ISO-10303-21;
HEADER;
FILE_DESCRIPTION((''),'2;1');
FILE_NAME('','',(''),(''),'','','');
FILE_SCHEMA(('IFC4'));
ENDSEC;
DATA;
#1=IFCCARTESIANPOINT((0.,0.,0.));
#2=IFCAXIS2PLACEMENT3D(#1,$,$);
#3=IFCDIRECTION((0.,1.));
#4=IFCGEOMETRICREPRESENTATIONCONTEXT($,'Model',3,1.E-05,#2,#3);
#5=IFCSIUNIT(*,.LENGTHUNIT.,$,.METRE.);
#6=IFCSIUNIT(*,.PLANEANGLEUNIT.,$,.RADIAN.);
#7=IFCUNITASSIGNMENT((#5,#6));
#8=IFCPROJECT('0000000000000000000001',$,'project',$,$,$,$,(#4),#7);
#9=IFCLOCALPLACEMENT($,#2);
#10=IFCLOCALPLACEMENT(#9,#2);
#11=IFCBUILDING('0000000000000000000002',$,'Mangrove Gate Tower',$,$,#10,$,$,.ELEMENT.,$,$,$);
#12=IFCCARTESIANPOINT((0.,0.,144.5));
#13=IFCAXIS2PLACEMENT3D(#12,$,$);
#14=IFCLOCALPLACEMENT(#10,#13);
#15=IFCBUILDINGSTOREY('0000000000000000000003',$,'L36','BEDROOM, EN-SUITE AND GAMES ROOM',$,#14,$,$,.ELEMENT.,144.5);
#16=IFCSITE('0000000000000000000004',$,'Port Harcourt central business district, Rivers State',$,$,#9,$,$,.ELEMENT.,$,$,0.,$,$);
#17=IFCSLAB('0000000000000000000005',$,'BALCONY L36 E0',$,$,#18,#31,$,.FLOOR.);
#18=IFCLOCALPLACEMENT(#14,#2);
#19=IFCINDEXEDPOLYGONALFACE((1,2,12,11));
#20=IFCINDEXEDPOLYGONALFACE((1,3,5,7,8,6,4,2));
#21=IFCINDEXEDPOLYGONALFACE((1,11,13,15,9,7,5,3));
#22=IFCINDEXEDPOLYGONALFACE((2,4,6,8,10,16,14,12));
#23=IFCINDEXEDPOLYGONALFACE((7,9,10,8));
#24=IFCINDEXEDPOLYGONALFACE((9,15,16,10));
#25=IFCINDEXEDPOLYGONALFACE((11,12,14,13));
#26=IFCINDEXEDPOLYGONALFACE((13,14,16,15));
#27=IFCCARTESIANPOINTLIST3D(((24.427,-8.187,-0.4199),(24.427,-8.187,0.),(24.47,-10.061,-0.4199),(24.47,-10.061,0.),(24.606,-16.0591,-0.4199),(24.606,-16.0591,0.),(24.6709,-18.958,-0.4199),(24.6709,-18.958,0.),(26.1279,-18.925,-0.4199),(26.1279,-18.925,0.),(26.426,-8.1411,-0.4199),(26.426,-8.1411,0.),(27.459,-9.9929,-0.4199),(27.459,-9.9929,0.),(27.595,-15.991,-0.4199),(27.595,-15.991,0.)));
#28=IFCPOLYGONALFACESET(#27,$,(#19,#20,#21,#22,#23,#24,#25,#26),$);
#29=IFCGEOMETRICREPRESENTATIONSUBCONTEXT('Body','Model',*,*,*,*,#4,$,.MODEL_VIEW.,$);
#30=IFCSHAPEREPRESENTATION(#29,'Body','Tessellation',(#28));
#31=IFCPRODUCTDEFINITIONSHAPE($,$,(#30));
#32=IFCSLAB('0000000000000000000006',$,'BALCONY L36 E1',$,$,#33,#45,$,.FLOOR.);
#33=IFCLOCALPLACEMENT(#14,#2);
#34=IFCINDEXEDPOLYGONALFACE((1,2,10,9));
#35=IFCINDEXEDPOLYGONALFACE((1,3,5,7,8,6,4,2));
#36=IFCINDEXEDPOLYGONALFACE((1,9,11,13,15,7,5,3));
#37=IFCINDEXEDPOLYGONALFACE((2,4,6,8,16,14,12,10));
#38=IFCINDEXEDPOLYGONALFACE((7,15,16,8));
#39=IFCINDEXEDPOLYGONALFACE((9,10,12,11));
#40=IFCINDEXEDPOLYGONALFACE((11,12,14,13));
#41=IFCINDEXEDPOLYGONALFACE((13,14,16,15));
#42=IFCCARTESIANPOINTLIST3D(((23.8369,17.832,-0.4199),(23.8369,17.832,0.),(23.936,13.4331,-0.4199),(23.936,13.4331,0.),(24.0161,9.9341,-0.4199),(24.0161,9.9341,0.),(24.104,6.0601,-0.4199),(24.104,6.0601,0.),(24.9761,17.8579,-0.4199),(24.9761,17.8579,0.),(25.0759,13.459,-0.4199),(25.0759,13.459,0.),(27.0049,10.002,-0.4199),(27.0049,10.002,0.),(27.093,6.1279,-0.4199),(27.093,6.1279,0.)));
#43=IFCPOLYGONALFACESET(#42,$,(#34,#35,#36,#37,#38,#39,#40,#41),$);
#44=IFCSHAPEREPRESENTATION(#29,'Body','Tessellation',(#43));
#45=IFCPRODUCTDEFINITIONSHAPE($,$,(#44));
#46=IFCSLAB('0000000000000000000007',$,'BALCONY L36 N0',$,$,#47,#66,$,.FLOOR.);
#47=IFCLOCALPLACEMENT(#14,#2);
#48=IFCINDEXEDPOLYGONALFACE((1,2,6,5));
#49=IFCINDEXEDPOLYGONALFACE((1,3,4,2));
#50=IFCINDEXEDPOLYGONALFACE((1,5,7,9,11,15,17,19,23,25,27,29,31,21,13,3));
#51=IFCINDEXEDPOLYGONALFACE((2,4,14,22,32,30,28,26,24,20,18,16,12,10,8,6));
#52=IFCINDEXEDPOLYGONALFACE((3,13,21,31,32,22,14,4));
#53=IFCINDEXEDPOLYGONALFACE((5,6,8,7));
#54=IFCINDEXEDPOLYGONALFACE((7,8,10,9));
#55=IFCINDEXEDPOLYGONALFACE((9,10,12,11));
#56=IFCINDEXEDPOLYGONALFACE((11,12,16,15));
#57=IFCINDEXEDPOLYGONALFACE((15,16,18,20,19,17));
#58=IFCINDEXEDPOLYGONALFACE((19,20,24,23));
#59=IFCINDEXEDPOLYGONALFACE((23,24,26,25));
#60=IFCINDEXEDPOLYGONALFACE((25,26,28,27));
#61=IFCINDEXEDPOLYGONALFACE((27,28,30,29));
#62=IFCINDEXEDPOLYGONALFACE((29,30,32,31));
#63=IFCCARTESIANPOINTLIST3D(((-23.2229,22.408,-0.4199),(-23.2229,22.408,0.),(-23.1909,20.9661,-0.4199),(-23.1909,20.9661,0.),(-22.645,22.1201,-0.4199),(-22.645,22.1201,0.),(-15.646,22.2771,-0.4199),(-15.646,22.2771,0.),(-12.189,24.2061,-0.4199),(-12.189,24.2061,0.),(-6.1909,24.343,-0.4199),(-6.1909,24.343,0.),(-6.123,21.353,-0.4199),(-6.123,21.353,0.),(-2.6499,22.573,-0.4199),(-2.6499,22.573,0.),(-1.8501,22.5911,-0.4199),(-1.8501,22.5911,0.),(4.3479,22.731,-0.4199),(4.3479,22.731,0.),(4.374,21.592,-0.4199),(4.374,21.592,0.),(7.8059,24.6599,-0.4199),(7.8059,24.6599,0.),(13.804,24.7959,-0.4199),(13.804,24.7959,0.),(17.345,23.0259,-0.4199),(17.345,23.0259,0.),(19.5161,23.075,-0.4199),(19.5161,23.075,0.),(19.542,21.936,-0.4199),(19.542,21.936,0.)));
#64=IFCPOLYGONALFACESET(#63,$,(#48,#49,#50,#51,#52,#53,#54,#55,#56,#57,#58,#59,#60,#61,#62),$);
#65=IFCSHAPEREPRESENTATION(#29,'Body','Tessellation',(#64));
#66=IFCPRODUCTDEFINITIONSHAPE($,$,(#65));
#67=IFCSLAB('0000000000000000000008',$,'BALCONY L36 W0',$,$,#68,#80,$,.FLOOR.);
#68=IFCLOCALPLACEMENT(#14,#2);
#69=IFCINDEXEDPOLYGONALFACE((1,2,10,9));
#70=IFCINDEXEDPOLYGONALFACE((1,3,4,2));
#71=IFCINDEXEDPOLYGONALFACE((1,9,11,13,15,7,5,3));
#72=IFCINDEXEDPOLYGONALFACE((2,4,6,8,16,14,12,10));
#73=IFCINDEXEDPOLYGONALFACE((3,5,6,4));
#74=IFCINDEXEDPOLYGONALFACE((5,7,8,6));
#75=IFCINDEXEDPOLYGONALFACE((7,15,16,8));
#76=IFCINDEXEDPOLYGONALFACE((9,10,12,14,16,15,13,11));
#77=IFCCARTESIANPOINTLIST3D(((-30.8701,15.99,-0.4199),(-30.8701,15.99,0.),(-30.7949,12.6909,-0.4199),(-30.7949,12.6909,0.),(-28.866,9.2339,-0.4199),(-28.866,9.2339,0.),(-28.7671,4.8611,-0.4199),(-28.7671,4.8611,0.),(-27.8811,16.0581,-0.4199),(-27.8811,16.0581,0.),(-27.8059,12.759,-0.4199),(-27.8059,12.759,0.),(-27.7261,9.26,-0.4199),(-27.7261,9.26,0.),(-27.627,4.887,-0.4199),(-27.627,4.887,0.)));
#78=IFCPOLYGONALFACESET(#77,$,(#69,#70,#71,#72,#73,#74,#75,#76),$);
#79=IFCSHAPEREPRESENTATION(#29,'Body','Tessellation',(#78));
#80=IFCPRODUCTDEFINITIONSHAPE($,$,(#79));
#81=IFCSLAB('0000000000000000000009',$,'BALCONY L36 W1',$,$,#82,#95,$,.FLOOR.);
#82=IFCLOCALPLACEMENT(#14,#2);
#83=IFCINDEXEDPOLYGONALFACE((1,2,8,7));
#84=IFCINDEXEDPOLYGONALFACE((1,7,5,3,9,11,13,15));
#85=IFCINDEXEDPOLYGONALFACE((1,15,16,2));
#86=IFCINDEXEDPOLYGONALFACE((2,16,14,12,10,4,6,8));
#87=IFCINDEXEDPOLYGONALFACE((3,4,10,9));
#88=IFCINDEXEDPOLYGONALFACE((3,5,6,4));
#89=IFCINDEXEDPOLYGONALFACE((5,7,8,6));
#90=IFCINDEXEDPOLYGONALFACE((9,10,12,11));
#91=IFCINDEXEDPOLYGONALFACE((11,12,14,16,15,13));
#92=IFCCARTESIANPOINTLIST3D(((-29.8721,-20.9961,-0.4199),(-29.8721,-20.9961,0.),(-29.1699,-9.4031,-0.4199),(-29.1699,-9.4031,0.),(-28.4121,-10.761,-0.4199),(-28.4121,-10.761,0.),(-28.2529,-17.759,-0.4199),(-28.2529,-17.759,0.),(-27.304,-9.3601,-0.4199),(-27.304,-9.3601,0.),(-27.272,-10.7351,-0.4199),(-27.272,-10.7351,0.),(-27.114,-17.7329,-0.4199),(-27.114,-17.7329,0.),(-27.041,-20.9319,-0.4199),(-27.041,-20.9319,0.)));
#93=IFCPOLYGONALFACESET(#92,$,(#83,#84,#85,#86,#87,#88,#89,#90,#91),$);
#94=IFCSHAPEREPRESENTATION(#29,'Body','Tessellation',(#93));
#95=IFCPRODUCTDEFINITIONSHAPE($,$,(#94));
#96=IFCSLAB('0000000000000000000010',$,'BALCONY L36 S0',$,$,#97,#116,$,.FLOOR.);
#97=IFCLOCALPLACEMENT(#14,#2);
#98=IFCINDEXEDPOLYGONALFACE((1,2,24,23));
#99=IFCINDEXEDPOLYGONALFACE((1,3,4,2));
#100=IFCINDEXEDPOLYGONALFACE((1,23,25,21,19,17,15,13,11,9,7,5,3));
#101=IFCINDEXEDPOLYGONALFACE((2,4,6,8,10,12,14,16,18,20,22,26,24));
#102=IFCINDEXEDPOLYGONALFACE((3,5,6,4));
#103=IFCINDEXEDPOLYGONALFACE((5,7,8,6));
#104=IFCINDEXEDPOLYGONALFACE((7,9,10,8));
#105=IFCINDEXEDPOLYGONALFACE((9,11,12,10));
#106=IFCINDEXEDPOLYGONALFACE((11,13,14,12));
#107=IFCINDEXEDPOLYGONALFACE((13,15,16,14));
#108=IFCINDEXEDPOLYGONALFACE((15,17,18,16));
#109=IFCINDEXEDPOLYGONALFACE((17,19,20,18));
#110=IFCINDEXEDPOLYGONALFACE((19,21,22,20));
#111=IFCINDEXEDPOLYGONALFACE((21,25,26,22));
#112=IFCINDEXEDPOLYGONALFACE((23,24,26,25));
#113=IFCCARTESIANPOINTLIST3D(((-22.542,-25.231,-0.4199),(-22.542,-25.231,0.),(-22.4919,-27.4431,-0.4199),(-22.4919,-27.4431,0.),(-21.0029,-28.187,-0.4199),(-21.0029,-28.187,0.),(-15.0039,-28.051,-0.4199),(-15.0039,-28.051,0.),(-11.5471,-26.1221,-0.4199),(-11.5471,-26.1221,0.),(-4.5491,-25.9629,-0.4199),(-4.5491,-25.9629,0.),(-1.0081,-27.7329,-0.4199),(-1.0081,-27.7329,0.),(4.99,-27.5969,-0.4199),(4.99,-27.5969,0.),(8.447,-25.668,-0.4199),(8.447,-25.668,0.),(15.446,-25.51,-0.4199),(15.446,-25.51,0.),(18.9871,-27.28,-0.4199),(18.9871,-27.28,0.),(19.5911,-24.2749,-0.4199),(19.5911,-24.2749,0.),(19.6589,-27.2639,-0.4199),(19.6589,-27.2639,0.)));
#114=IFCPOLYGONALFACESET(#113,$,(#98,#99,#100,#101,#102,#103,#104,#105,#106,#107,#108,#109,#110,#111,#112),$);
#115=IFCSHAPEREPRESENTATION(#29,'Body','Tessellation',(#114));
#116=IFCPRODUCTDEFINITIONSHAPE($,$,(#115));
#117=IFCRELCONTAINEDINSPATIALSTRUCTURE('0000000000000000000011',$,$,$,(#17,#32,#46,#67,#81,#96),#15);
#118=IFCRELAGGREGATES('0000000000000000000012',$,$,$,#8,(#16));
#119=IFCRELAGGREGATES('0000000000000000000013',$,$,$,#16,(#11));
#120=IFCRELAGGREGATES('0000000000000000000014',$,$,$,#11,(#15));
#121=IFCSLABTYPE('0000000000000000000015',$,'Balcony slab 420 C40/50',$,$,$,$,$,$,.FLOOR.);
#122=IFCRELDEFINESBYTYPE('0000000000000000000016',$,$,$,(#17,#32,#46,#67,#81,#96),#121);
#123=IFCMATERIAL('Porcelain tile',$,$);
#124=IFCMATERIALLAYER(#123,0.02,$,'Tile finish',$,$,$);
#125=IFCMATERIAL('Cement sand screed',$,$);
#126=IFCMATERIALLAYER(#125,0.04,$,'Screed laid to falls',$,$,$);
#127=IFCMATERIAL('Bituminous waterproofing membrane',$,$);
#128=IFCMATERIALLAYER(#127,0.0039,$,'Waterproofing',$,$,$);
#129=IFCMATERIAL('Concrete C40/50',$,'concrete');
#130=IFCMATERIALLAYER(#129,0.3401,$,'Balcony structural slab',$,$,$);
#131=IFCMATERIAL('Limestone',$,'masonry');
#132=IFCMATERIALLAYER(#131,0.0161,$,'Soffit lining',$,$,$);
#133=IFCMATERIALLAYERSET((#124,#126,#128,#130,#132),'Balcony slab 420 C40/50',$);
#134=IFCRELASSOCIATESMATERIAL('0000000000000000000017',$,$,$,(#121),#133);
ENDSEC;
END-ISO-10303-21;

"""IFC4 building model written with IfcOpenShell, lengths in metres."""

from ifc_helpers import new_model, si_unit, direction, frame, origin, place, context, subcontext, project, spatial, polyline, outline, extrude, material, layer, layer_set, type_object, element, save


model = new_model("IFC4")

# Units and contexts
model_context = context("Model", 3, precision=1e-05, world=origin(), true_north=direction((0.0, 1.0)))
body_context = subcontext(model_context, "Body", "Model", "MODEL_VIEW")
ifc_project = project(units=[si_unit("LENGTHUNIT", "METRE"), si_unit("PLANEANGLEUNIT", "RADIAN")], contexts=[model_context])

# Site, building, storey
site_placement = place(None, origin())
site = spatial("IfcSite", under=ifc_project, at=site_placement, Name="Port Harcourt central business district, Rivers State", CompositionType="ELEMENT", RefElevation=0.0)
building_placement = place(site_placement, origin())
building = spatial("IfcBuilding", under=site, at=building_placement, Name="Mangrove Gate Tower", CompositionType="ELEMENT")
storey_placement = place(building_placement, frame((0.0, 0.0, 144.5)))
storey = spatial("IfcBuildingStorey", under=building, at=storey_placement, Name="L36", Description="BEDROOM, EN-SUITE AND GAMES ROOM", CompositionType="ELEMENT", Elevation=144.5)

# Slabs
ifc_material_1 = material(Name="Porcelain tile")
ifc_layer_1 = layer(ifc_material_1, 0.02, Name="Tile finish")
ifc_material_2 = material(Name="Cement sand screed")
ifc_layer_2 = layer(ifc_material_2, 0.04, Name="Screed laid to falls")
ifc_material_3 = material(Name="Bituminous waterproofing membrane")
ifc_layer_3 = layer(ifc_material_3, 0.0039, Name="Waterproofing")
ifc_material_4 = material(Name="Concrete C40/50", Category="concrete")
ifc_layer_4 = layer(ifc_material_4, 0.3401, Name="Balcony structural slab")
ifc_material_5 = material(Name="Limestone", Category="masonry")
ifc_layer_5 = layer(ifc_material_5, 0.0161, Name="Soffit lining")
ifc_layer_set_1 = layer_set([ifc_layer_1, ifc_layer_2, ifc_layer_3, ifc_layer_4, ifc_layer_5], Name="Balcony slab 420 C40/50")
slab_type_1 = type_object("IfcSlabType", Name="Balcony slab 420 C40/50", PredefinedType="FLOOR", material=ifc_layer_set_1)
slab_1_placement = place(storey_placement, frame((0.0, 0.0, -0.4199)))
element("IfcSlab", 1, at=slab_1_placement, inside=storey, type_object=slab_type_1, Name="BALCONY L36 E0", PredefinedType="FLOOR", context=body_context, shape_type="SweptSolid", body=[
    extrude(outline(polyline([(26.1279, -18.925), (27.595, -15.991), (27.459, -9.9929), (26.426, -8.1411), (24.427, -8.187), (24.47, -10.061), (24.606, -16.0591), (24.6709, -18.958), (26.1279, -18.925)])), origin(), (0.0, 0.0, 1.0), 0.4199),
])
slab_2_placement = place(storey_placement, frame((0.0, 0.0, -0.4199)))
element("IfcSlab", 2, at=slab_2_placement, inside=storey, type_object=slab_type_1, Name="BALCONY L36 E1", PredefinedType="FLOOR", context=body_context, shape_type="SweptSolid", body=[
    extrude(outline(polyline([(27.093, 6.1279), (27.0049, 10.002), (25.0759, 13.459), (24.9761, 17.8579), (23.8369, 17.832), (23.936, 13.4331), (24.0161, 9.9341), (24.104, 6.0601), (27.093, 6.1279)])), origin(), (0.0, 0.0, 1.0), 0.4199),
])
slab_3_placement = place(storey_placement, frame((0.0, 0.0, -0.4199)))
element("IfcSlab", 3, at=slab_3_placement, inside=storey, type_object=slab_type_1, Name="BALCONY L36 N0", PredefinedType="FLOOR", context=body_context, shape_type="SweptSolid", body=[
    extrude(outline(polyline([(19.5161, 23.075), (17.345, 23.0259), (13.804, 24.7959), (7.8059, 24.6599), (4.3479, 22.731), (-1.8501, 22.5911), (-2.6499, 22.573), (-6.1909, 24.343), (-12.189, 24.2061), (-15.646, 22.2771), (-22.645, 22.1201), (-23.2229, 22.408), (-23.1909, 20.9661), (-6.123, 21.353), (4.374, 21.592), (19.542, 21.936), (19.5161, 23.075)])), origin(), (0.0, 0.0, 1.0), 0.4199),
])
slab_4_placement = place(storey_placement, frame((0.0, 0.0, -0.4199)))
element("IfcSlab", 4, at=slab_4_placement, inside=storey, type_object=slab_type_1, Name="BALCONY L36 W0", PredefinedType="FLOOR", context=body_context, shape_type="SweptSolid", body=[
    extrude(outline(polyline([(-30.8701, 15.99), (-30.7949, 12.6909), (-28.866, 9.2339), (-28.7671, 4.8611), (-27.627, 4.887), (-27.7261, 9.26), (-27.8059, 12.759), (-27.8811, 16.0581), (-30.8701, 15.99)])), origin(), (0.0, 0.0, 1.0), 0.4199),
])
slab_5_placement = place(storey_placement, frame((0.0, 0.0, -0.4199)))
element("IfcSlab", 5, at=slab_5_placement, inside=storey, type_object=slab_type_1, Name="BALCONY L36 W1", PredefinedType="FLOOR", context=body_context, shape_type="SweptSolid", body=[
    extrude(outline(polyline([(-29.1699, -9.4031), (-28.4121, -10.761), (-28.2529, -17.759), (-29.8721, -20.9961), (-27.041, -20.9319), (-27.114, -17.7329), (-27.272, -10.7351), (-27.304, -9.3601), (-29.1699, -9.4031)])), origin(), (0.0, 0.0, 1.0), 0.4199),
])
slab_6_placement = place(storey_placement, frame((0.0, 0.0, -0.4199)))
element("IfcSlab", 6, at=slab_6_placement, inside=storey, type_object=slab_type_1, Name="BALCONY L36 S0", PredefinedType="FLOOR", context=body_context, shape_type="SweptSolid", body=[
    extrude(outline(polyline([(-22.4919, -27.4431), (-21.0029, -28.187), (-15.0039, -28.051), (-11.5471, -26.1221), (-4.5491, -25.9629), (-1.0081, -27.7329), (4.99, -27.5969), (8.447, -25.668), (15.446, -25.51), (18.9871, -27.28), (19.6589, -27.2639), (19.5911, -24.2749), (-22.542, -25.231), (-22.4919, -27.4431)])), origin(), (0.0, 0.0, 1.0), 0.4199),
])

save(model, "model.ifc")
